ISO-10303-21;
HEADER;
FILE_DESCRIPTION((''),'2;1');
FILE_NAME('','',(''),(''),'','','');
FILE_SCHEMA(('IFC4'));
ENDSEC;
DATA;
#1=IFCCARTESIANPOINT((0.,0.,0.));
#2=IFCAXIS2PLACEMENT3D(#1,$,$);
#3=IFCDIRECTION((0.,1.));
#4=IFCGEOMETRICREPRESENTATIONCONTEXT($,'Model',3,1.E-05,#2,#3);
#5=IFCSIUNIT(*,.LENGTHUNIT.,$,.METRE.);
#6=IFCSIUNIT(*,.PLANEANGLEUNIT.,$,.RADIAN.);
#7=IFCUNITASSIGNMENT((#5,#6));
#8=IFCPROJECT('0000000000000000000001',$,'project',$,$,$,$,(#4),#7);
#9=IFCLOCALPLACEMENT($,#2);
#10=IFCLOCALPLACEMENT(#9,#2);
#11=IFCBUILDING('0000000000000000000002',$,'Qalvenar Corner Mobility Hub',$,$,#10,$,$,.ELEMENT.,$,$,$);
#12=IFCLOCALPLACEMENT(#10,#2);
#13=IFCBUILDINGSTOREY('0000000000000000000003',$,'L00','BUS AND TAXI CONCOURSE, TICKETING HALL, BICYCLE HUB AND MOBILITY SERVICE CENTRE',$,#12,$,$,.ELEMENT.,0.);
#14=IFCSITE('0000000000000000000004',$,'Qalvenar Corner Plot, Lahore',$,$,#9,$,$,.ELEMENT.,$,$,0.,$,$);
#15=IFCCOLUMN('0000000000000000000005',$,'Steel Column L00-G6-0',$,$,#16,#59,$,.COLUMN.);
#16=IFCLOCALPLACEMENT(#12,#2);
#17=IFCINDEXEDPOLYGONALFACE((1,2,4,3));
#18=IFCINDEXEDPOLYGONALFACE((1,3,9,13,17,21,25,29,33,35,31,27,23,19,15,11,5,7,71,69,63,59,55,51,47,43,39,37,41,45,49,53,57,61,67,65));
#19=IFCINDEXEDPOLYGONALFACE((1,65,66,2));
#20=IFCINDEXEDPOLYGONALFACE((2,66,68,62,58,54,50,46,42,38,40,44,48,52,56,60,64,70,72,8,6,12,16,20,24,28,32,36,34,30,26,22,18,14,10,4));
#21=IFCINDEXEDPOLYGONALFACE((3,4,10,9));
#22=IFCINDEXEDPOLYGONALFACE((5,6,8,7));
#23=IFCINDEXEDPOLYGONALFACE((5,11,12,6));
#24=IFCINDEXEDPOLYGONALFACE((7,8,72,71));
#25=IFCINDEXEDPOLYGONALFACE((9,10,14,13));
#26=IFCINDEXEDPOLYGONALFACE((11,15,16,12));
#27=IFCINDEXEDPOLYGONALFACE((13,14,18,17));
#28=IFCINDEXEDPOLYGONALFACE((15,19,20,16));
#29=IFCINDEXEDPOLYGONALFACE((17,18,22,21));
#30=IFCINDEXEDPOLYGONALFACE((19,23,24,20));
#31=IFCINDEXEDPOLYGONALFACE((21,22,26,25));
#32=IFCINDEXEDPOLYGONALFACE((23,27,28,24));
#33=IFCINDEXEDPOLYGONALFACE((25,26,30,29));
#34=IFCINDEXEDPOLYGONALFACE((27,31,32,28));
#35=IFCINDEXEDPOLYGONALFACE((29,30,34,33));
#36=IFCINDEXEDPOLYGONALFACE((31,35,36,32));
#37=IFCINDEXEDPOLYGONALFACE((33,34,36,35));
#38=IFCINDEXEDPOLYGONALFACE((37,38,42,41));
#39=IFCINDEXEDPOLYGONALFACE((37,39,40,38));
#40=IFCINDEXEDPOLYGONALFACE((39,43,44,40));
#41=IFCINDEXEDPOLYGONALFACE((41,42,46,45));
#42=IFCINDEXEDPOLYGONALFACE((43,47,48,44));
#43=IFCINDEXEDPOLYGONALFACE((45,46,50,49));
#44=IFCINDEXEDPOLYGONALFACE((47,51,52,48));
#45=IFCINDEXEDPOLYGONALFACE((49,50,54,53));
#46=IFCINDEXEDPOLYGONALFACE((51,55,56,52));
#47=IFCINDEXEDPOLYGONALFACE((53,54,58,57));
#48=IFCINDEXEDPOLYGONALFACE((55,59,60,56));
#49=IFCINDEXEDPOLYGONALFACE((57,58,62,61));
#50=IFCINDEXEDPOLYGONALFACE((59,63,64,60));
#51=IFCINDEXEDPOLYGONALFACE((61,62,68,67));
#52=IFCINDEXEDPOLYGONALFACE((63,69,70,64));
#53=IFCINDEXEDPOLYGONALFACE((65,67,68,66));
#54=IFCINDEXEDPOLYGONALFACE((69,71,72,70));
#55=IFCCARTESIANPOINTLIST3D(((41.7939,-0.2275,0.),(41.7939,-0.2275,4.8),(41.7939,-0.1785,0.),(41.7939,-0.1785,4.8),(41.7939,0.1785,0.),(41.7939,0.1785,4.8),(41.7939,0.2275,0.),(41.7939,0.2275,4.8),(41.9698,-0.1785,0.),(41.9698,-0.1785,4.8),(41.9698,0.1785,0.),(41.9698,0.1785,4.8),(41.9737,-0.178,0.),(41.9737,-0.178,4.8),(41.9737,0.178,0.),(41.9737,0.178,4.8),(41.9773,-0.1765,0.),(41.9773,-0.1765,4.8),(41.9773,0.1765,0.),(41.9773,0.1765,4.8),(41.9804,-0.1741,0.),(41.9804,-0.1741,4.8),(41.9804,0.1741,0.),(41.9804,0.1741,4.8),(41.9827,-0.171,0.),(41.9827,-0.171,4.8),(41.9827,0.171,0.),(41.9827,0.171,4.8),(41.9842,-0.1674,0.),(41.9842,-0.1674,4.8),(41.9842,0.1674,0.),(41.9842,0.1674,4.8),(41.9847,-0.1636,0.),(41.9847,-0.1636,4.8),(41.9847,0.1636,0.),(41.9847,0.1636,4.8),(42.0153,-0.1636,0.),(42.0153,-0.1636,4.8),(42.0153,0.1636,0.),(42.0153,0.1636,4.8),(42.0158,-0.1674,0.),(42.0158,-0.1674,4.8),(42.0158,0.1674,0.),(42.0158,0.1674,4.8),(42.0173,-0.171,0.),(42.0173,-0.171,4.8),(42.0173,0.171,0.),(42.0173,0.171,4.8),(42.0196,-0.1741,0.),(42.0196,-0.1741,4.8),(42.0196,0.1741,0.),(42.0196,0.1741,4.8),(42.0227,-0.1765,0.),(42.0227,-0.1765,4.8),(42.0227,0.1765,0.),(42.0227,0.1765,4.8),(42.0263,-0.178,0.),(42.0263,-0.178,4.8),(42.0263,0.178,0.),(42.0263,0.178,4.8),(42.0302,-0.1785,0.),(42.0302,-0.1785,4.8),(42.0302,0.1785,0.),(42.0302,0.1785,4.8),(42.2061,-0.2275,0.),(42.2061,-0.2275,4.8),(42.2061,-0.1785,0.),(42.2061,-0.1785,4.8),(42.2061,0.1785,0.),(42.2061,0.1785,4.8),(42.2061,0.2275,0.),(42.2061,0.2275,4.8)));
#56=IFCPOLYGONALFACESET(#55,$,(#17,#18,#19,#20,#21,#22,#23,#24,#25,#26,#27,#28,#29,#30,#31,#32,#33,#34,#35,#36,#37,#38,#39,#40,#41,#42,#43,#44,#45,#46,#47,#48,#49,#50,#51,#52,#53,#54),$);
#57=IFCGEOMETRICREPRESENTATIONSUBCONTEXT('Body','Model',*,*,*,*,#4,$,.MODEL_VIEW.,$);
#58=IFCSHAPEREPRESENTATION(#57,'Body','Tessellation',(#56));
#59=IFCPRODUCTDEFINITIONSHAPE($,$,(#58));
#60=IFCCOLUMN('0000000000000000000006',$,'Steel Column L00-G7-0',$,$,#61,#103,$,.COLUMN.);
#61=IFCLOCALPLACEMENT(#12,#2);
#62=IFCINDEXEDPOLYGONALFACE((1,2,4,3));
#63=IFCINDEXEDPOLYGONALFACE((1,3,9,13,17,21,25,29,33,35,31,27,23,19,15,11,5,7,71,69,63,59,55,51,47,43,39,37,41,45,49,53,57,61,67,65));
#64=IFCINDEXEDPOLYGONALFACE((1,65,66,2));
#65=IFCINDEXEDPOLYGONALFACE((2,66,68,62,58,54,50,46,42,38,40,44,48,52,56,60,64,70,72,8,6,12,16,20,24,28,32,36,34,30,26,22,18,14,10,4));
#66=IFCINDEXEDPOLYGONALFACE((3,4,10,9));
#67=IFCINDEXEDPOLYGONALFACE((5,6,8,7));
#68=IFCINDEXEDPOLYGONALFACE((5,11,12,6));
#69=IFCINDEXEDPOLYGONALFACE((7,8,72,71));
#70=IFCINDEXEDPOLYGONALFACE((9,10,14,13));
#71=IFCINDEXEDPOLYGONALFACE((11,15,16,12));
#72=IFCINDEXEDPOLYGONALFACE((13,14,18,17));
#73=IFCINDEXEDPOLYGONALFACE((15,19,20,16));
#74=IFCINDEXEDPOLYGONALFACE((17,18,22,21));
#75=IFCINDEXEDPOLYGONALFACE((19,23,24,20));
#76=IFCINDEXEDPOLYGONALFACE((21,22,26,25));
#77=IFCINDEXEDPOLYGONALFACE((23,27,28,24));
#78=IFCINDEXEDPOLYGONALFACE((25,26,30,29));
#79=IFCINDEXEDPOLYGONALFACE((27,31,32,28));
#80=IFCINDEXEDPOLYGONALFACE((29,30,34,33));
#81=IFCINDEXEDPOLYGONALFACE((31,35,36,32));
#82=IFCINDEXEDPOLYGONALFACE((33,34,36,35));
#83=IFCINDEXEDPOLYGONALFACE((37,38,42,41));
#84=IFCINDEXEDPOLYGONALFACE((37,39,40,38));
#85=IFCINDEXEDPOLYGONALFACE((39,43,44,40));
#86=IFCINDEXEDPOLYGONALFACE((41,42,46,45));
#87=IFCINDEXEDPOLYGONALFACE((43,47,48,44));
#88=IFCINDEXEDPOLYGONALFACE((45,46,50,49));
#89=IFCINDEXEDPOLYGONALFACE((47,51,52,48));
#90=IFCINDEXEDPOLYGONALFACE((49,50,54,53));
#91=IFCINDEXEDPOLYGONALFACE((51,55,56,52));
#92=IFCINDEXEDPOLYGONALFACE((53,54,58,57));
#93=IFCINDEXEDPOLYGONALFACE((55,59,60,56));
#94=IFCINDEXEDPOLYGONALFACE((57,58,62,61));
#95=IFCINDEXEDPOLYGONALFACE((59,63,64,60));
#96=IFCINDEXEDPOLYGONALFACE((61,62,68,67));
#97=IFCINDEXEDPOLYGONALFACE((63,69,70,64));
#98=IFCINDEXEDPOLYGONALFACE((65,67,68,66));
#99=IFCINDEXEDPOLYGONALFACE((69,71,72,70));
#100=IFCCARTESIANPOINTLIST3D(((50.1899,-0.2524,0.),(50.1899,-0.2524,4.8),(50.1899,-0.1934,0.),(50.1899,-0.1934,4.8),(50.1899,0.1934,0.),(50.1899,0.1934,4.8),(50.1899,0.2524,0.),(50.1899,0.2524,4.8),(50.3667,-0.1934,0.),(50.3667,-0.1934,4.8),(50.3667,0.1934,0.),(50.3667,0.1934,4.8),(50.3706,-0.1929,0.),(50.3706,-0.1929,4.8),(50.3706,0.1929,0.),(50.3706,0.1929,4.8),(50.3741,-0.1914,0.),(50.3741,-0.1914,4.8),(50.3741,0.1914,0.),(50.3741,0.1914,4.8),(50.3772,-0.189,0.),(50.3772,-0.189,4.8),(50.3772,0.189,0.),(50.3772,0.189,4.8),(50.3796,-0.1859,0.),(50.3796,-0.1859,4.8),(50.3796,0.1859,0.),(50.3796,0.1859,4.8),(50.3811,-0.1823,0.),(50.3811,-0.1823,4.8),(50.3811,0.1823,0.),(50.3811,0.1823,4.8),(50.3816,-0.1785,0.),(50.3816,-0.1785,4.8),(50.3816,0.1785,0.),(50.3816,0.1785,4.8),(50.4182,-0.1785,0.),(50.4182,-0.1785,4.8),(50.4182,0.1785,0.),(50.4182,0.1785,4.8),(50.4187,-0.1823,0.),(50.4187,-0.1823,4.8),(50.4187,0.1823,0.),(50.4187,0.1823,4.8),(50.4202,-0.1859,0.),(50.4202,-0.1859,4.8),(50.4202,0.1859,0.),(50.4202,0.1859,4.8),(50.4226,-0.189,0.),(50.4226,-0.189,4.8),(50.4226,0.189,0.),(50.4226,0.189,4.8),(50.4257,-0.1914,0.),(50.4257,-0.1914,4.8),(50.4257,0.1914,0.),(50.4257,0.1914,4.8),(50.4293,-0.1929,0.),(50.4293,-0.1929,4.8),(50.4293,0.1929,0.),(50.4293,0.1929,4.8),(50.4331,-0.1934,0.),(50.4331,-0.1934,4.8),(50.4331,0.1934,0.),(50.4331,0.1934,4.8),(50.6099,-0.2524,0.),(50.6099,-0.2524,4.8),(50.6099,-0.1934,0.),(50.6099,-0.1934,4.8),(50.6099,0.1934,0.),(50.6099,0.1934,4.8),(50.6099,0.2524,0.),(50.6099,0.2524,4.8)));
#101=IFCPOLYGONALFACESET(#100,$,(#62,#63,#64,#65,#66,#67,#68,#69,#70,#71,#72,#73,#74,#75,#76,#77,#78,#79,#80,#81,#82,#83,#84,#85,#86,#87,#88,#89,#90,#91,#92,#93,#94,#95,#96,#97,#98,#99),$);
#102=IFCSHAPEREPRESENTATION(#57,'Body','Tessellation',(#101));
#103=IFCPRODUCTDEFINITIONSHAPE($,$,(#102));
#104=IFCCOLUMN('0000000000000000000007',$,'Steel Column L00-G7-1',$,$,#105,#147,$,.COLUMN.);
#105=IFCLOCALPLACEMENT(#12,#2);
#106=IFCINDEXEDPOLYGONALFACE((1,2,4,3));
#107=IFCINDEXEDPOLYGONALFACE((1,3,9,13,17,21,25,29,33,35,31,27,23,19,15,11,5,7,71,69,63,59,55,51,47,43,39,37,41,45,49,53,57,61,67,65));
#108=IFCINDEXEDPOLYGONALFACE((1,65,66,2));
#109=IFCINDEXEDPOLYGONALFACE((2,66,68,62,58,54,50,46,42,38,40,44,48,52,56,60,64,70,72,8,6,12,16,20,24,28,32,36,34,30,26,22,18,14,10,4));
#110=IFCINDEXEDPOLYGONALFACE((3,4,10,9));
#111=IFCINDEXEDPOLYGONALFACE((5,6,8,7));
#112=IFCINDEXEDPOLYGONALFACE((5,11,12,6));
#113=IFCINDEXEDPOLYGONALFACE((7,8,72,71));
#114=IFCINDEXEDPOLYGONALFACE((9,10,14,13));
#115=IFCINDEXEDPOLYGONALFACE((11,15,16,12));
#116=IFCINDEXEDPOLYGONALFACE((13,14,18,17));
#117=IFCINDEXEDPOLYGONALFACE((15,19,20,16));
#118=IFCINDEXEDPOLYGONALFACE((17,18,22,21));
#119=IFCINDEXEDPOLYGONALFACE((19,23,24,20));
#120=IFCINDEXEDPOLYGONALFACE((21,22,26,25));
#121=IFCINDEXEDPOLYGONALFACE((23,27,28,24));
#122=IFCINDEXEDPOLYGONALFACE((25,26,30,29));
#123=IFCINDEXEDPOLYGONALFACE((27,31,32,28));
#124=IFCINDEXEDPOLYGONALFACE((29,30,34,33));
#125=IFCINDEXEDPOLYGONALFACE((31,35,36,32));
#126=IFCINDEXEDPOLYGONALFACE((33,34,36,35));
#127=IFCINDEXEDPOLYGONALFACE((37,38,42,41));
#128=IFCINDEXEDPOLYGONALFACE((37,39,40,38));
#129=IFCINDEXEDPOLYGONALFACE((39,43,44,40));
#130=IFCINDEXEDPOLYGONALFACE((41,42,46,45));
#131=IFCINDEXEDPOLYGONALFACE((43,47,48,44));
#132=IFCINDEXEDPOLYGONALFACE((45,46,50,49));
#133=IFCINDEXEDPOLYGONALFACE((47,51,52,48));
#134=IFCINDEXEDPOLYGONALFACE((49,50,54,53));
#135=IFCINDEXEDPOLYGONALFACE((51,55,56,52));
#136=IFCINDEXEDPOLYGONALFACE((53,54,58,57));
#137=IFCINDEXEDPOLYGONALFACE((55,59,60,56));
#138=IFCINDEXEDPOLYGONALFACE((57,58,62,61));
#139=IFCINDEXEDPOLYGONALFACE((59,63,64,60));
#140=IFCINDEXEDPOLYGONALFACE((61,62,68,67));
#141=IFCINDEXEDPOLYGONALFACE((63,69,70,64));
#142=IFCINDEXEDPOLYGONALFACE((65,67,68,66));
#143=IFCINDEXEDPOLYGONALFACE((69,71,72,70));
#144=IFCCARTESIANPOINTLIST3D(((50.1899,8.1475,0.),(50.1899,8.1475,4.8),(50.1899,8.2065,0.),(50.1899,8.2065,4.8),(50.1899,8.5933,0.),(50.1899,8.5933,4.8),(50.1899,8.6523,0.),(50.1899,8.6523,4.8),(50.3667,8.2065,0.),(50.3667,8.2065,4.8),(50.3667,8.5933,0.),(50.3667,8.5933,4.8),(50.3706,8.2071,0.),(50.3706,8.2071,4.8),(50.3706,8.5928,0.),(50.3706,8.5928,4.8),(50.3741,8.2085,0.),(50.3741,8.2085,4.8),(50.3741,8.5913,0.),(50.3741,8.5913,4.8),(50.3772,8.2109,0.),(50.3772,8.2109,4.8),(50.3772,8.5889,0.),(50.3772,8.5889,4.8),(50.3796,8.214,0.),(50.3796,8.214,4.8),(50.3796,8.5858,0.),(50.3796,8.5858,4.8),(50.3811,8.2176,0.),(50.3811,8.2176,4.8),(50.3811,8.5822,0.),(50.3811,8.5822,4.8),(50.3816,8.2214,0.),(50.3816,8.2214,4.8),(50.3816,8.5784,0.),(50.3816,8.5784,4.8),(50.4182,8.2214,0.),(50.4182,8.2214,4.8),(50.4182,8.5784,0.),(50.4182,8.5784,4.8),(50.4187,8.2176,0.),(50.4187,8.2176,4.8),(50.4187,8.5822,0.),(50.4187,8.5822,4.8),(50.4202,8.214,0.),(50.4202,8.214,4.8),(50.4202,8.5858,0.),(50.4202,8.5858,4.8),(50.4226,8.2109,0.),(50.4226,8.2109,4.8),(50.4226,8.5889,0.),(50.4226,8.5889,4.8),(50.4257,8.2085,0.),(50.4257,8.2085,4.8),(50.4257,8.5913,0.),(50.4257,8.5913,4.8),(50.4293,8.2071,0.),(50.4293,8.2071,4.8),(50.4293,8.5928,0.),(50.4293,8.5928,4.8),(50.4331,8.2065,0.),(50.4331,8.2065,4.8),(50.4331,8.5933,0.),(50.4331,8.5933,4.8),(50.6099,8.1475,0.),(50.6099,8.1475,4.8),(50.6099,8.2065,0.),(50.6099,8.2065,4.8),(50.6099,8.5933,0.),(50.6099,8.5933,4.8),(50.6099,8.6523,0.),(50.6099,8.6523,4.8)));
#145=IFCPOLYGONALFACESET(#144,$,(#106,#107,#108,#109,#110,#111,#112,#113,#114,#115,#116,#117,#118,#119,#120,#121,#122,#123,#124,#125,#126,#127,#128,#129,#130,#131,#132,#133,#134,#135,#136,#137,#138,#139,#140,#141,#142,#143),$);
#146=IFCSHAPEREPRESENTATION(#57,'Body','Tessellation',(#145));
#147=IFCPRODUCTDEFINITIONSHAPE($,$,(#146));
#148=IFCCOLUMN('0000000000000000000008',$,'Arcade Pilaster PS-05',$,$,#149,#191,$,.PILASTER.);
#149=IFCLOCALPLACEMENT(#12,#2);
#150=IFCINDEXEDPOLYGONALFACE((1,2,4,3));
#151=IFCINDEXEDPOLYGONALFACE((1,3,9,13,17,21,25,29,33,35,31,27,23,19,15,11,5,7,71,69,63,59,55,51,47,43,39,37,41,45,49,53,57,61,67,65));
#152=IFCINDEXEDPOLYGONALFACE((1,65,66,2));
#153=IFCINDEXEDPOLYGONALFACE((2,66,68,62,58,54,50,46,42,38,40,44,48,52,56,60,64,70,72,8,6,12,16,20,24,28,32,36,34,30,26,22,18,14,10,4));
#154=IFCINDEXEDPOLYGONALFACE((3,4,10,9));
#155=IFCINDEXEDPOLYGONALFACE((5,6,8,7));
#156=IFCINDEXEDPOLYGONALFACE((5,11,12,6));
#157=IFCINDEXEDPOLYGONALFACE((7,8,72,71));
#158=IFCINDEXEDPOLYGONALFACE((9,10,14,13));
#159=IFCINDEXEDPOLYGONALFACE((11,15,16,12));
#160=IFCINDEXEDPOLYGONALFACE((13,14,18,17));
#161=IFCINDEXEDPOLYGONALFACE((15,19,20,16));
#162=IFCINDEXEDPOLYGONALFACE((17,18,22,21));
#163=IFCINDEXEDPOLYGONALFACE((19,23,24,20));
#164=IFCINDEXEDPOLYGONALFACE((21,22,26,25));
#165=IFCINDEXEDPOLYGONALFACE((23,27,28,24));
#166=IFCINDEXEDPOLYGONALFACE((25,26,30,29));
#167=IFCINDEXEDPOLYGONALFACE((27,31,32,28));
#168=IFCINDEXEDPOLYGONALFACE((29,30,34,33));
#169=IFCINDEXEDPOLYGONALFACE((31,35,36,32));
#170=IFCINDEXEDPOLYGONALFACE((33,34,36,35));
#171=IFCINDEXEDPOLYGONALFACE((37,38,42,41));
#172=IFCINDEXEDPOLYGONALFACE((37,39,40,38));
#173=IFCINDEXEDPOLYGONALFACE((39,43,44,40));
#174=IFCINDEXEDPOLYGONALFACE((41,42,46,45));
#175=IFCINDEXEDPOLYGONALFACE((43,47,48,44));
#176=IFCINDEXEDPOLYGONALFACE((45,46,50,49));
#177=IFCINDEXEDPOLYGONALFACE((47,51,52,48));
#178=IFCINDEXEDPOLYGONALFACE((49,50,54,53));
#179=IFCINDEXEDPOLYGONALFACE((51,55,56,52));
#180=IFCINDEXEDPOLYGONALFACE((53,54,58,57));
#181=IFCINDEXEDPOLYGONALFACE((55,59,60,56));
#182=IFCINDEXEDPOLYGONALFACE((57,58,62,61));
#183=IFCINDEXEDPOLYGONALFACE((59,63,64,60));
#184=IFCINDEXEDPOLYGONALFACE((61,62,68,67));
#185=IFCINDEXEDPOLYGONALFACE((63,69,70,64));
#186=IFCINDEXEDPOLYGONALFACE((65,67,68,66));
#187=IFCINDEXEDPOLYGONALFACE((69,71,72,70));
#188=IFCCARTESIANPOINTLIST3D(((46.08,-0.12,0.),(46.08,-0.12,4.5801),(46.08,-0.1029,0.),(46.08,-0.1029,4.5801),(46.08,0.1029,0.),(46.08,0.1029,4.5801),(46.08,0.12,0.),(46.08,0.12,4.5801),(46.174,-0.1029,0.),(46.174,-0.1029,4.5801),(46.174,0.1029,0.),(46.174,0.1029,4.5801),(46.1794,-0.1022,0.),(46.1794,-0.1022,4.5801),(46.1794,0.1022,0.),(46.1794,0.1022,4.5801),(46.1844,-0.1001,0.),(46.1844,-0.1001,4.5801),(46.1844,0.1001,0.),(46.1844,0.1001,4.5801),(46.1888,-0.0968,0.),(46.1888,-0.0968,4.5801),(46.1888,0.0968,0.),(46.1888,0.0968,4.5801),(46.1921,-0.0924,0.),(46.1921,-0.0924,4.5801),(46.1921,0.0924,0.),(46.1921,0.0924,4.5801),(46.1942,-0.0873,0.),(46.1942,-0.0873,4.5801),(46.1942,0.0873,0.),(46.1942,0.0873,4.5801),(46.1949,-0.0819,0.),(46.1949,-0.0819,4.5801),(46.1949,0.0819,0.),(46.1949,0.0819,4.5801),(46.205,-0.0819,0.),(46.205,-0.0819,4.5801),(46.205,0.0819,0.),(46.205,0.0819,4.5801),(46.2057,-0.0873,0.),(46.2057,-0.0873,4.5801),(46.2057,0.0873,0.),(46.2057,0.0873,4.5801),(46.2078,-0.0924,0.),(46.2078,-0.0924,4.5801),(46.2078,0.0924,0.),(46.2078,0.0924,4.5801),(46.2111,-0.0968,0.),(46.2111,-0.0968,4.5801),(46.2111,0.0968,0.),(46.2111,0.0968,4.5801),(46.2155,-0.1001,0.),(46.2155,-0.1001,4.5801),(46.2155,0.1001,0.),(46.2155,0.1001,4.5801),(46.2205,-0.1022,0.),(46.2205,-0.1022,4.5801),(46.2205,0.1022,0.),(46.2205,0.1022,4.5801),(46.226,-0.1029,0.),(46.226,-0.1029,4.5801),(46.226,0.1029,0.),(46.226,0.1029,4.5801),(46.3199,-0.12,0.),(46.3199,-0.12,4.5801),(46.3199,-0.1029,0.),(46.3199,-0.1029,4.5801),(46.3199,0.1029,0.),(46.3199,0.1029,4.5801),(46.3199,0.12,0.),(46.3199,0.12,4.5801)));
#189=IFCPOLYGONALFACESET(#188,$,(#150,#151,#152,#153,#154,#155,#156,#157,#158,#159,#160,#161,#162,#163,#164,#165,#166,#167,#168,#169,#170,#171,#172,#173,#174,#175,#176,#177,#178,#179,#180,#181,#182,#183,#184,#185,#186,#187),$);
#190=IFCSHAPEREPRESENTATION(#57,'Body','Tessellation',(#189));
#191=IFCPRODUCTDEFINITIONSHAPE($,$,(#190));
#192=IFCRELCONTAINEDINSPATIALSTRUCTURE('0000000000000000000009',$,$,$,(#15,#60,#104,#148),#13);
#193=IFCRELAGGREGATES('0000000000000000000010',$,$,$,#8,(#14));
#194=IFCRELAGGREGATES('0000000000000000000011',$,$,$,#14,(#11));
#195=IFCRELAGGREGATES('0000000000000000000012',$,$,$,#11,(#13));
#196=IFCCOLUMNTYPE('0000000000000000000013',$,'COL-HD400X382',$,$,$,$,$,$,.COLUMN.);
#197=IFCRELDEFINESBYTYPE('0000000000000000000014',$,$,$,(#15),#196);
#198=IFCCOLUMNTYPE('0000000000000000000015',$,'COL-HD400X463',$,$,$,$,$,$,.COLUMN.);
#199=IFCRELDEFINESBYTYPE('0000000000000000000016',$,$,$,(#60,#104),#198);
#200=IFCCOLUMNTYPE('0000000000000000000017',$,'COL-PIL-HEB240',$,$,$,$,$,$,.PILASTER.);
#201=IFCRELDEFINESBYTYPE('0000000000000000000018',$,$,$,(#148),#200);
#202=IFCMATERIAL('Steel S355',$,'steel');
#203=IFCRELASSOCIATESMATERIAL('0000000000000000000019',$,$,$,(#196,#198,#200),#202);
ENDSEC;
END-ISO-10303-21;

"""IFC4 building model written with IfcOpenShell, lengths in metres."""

from ifc_helpers import new_model, si_unit, direction, frame, origin, origin_2d, place, context, subcontext, project, spatial, i_section, extrude, material, material_profile, profile_set, type_object, element, save


model = new_model("IFC4")

# Units and contexts
model_context = context("Model", 3, precision=1e-05, world=origin(), true_north=direction((0.0, 1.0)))
body_context = subcontext(model_context, "Body", "Model", "MODEL_VIEW")
ifc_project = project(units=[si_unit("LENGTHUNIT", "METRE"), si_unit("PLANEANGLEUNIT", "RADIAN")], contexts=[model_context])

# Site, building, storey
site_placement = place(None, origin())
site = spatial("IfcSite", under=ifc_project, at=site_placement, Name="Qalvenar Corner Plot, Lahore", CompositionType="ELEMENT", RefElevation=0.0)
building_placement = place(site_placement, origin())
building = spatial("IfcBuilding", under=site, at=building_placement, Name="Qalvenar Corner Mobility Hub", CompositionType="ELEMENT")
storey_placement = place(building_placement, origin())
storey = spatial("IfcBuildingStorey", under=building, at=storey_placement, Name="L00", Description="BUS AND TAXI CONCOURSE, TICKETING HALL, BICYCLE HUB AND MOBILITY SERVICE CENTRE", CompositionType="ELEMENT", Elevation=0.0)

# Columns
ifc_material_1 = material(Name="Steel S355", Category="steel")
ifc_material_profile_1 = material_profile(ifc_material_1, i_section(OverallWidth=0.4121, OverallDepth=0.4551, WebThickness=0.0305, FlangeThickness=0.0491, FilletRadius=0.0149, at=origin_2d()), Name="HD400x421")
ifc_profile_set_1 = profile_set([ifc_material_profile_1], Name="Steel S355")
column_type_1 = type_object("IfcColumnType", Name="COL-HD400X382", PredefinedType="COLUMN", material=ifc_profile_set_1)
column_1_placement = place(storey_placement, frame((42.0, 0.0, 0.0), z_axis=(0.0, 0.0, 1.0), x_axis=(1.0, 0.0, 0.0)))
element("IfcColumn", 1, at=column_1_placement, inside=storey, type_object=column_type_1, Name="Steel Column L00-G6-0", PredefinedType="COLUMN", context=body_context, shape_type="SweptSolid", body=[
    extrude(i_section(OverallWidth=0.4121, OverallDepth=0.4551, WebThickness=0.0305, FlangeThickness=0.0491, FilletRadius=0.0149, at=origin_2d()), origin(), (0.0, 0.0, 1.0), 4.8),
])
ifc_material_profile_2 = material_profile(ifc_material_1, i_section(OverallWidth=0.4199, OverallDepth=0.5049, WebThickness=0.0366, FlangeThickness=0.0591, FilletRadius=0.0149, at=origin_2d()), Name="HD400x551")
ifc_profile_set_2 = profile_set([ifc_material_profile_2], Name="Steel S355")
column_type_2 = type_object("IfcColumnType", Name="COL-HD400X463", PredefinedType="COLUMN", material=ifc_profile_set_2)
for number, where, z_axis, x_axis, name in (
    (2, (50.3999, 0.0, 0.0), (0.0, 0.0, 1.0), (1.0, 0.0, 0.0), "Steel Column L00-G7-0"),
    (3, (50.3999, 8.3999, 0.0), (0.0, 0.0, 1.0), (1.0, 0.0, 0.0), "Steel Column L00-G7-1"),
):
    element("IfcColumn", number, at=place(storey_placement, frame(where, z_axis=z_axis, x_axis=x_axis)), inside=storey, type_object=column_type_2, Name=name, PredefinedType="COLUMN", context=body_context, shape_type="SweptSolid", body=[
        extrude(i_section(OverallWidth=0.4199, OverallDepth=0.5049, WebThickness=0.0366, FlangeThickness=0.0591, FilletRadius=0.0149, at=origin_2d()), origin(), (0.0, 0.0, 1.0), 4.8),
    ])
ifc_material_profile_3 = material_profile(ifc_material_1, i_section(OverallWidth=0.24, OverallDepth=0.24, WebThickness=0.01, FlangeThickness=0.0171, FilletRadius=0.021, at=origin_2d()), Name="HEB240")
ifc_profile_set_3 = profile_set([ifc_material_profile_3], Name="Steel S355")
column_type_3 = type_object("IfcColumnType", Name="COL-PIL-HEB240", PredefinedType="PILASTER", material=ifc_profile_set_3)
column_2_placement = place(storey_placement, frame((46.2, 0.0, 0.0), z_axis=(0.0, 0.0, 1.0), x_axis=(1.0, 0.0, 0.0)))
element("IfcColumn", 4, at=column_2_placement, inside=storey, type_object=column_type_3, Name="Arcade Pilaster PS-05", PredefinedType="PILASTER", context=body_context, shape_type="SweptSolid", body=[
    extrude(i_section(OverallWidth=0.24, OverallDepth=0.24, WebThickness=0.01, FlangeThickness=0.0171, FilletRadius=0.021, at=origin_2d()), origin(), (0.0, 0.0, 1.0), 4.5801),
])

save(model, "model.ifc")
